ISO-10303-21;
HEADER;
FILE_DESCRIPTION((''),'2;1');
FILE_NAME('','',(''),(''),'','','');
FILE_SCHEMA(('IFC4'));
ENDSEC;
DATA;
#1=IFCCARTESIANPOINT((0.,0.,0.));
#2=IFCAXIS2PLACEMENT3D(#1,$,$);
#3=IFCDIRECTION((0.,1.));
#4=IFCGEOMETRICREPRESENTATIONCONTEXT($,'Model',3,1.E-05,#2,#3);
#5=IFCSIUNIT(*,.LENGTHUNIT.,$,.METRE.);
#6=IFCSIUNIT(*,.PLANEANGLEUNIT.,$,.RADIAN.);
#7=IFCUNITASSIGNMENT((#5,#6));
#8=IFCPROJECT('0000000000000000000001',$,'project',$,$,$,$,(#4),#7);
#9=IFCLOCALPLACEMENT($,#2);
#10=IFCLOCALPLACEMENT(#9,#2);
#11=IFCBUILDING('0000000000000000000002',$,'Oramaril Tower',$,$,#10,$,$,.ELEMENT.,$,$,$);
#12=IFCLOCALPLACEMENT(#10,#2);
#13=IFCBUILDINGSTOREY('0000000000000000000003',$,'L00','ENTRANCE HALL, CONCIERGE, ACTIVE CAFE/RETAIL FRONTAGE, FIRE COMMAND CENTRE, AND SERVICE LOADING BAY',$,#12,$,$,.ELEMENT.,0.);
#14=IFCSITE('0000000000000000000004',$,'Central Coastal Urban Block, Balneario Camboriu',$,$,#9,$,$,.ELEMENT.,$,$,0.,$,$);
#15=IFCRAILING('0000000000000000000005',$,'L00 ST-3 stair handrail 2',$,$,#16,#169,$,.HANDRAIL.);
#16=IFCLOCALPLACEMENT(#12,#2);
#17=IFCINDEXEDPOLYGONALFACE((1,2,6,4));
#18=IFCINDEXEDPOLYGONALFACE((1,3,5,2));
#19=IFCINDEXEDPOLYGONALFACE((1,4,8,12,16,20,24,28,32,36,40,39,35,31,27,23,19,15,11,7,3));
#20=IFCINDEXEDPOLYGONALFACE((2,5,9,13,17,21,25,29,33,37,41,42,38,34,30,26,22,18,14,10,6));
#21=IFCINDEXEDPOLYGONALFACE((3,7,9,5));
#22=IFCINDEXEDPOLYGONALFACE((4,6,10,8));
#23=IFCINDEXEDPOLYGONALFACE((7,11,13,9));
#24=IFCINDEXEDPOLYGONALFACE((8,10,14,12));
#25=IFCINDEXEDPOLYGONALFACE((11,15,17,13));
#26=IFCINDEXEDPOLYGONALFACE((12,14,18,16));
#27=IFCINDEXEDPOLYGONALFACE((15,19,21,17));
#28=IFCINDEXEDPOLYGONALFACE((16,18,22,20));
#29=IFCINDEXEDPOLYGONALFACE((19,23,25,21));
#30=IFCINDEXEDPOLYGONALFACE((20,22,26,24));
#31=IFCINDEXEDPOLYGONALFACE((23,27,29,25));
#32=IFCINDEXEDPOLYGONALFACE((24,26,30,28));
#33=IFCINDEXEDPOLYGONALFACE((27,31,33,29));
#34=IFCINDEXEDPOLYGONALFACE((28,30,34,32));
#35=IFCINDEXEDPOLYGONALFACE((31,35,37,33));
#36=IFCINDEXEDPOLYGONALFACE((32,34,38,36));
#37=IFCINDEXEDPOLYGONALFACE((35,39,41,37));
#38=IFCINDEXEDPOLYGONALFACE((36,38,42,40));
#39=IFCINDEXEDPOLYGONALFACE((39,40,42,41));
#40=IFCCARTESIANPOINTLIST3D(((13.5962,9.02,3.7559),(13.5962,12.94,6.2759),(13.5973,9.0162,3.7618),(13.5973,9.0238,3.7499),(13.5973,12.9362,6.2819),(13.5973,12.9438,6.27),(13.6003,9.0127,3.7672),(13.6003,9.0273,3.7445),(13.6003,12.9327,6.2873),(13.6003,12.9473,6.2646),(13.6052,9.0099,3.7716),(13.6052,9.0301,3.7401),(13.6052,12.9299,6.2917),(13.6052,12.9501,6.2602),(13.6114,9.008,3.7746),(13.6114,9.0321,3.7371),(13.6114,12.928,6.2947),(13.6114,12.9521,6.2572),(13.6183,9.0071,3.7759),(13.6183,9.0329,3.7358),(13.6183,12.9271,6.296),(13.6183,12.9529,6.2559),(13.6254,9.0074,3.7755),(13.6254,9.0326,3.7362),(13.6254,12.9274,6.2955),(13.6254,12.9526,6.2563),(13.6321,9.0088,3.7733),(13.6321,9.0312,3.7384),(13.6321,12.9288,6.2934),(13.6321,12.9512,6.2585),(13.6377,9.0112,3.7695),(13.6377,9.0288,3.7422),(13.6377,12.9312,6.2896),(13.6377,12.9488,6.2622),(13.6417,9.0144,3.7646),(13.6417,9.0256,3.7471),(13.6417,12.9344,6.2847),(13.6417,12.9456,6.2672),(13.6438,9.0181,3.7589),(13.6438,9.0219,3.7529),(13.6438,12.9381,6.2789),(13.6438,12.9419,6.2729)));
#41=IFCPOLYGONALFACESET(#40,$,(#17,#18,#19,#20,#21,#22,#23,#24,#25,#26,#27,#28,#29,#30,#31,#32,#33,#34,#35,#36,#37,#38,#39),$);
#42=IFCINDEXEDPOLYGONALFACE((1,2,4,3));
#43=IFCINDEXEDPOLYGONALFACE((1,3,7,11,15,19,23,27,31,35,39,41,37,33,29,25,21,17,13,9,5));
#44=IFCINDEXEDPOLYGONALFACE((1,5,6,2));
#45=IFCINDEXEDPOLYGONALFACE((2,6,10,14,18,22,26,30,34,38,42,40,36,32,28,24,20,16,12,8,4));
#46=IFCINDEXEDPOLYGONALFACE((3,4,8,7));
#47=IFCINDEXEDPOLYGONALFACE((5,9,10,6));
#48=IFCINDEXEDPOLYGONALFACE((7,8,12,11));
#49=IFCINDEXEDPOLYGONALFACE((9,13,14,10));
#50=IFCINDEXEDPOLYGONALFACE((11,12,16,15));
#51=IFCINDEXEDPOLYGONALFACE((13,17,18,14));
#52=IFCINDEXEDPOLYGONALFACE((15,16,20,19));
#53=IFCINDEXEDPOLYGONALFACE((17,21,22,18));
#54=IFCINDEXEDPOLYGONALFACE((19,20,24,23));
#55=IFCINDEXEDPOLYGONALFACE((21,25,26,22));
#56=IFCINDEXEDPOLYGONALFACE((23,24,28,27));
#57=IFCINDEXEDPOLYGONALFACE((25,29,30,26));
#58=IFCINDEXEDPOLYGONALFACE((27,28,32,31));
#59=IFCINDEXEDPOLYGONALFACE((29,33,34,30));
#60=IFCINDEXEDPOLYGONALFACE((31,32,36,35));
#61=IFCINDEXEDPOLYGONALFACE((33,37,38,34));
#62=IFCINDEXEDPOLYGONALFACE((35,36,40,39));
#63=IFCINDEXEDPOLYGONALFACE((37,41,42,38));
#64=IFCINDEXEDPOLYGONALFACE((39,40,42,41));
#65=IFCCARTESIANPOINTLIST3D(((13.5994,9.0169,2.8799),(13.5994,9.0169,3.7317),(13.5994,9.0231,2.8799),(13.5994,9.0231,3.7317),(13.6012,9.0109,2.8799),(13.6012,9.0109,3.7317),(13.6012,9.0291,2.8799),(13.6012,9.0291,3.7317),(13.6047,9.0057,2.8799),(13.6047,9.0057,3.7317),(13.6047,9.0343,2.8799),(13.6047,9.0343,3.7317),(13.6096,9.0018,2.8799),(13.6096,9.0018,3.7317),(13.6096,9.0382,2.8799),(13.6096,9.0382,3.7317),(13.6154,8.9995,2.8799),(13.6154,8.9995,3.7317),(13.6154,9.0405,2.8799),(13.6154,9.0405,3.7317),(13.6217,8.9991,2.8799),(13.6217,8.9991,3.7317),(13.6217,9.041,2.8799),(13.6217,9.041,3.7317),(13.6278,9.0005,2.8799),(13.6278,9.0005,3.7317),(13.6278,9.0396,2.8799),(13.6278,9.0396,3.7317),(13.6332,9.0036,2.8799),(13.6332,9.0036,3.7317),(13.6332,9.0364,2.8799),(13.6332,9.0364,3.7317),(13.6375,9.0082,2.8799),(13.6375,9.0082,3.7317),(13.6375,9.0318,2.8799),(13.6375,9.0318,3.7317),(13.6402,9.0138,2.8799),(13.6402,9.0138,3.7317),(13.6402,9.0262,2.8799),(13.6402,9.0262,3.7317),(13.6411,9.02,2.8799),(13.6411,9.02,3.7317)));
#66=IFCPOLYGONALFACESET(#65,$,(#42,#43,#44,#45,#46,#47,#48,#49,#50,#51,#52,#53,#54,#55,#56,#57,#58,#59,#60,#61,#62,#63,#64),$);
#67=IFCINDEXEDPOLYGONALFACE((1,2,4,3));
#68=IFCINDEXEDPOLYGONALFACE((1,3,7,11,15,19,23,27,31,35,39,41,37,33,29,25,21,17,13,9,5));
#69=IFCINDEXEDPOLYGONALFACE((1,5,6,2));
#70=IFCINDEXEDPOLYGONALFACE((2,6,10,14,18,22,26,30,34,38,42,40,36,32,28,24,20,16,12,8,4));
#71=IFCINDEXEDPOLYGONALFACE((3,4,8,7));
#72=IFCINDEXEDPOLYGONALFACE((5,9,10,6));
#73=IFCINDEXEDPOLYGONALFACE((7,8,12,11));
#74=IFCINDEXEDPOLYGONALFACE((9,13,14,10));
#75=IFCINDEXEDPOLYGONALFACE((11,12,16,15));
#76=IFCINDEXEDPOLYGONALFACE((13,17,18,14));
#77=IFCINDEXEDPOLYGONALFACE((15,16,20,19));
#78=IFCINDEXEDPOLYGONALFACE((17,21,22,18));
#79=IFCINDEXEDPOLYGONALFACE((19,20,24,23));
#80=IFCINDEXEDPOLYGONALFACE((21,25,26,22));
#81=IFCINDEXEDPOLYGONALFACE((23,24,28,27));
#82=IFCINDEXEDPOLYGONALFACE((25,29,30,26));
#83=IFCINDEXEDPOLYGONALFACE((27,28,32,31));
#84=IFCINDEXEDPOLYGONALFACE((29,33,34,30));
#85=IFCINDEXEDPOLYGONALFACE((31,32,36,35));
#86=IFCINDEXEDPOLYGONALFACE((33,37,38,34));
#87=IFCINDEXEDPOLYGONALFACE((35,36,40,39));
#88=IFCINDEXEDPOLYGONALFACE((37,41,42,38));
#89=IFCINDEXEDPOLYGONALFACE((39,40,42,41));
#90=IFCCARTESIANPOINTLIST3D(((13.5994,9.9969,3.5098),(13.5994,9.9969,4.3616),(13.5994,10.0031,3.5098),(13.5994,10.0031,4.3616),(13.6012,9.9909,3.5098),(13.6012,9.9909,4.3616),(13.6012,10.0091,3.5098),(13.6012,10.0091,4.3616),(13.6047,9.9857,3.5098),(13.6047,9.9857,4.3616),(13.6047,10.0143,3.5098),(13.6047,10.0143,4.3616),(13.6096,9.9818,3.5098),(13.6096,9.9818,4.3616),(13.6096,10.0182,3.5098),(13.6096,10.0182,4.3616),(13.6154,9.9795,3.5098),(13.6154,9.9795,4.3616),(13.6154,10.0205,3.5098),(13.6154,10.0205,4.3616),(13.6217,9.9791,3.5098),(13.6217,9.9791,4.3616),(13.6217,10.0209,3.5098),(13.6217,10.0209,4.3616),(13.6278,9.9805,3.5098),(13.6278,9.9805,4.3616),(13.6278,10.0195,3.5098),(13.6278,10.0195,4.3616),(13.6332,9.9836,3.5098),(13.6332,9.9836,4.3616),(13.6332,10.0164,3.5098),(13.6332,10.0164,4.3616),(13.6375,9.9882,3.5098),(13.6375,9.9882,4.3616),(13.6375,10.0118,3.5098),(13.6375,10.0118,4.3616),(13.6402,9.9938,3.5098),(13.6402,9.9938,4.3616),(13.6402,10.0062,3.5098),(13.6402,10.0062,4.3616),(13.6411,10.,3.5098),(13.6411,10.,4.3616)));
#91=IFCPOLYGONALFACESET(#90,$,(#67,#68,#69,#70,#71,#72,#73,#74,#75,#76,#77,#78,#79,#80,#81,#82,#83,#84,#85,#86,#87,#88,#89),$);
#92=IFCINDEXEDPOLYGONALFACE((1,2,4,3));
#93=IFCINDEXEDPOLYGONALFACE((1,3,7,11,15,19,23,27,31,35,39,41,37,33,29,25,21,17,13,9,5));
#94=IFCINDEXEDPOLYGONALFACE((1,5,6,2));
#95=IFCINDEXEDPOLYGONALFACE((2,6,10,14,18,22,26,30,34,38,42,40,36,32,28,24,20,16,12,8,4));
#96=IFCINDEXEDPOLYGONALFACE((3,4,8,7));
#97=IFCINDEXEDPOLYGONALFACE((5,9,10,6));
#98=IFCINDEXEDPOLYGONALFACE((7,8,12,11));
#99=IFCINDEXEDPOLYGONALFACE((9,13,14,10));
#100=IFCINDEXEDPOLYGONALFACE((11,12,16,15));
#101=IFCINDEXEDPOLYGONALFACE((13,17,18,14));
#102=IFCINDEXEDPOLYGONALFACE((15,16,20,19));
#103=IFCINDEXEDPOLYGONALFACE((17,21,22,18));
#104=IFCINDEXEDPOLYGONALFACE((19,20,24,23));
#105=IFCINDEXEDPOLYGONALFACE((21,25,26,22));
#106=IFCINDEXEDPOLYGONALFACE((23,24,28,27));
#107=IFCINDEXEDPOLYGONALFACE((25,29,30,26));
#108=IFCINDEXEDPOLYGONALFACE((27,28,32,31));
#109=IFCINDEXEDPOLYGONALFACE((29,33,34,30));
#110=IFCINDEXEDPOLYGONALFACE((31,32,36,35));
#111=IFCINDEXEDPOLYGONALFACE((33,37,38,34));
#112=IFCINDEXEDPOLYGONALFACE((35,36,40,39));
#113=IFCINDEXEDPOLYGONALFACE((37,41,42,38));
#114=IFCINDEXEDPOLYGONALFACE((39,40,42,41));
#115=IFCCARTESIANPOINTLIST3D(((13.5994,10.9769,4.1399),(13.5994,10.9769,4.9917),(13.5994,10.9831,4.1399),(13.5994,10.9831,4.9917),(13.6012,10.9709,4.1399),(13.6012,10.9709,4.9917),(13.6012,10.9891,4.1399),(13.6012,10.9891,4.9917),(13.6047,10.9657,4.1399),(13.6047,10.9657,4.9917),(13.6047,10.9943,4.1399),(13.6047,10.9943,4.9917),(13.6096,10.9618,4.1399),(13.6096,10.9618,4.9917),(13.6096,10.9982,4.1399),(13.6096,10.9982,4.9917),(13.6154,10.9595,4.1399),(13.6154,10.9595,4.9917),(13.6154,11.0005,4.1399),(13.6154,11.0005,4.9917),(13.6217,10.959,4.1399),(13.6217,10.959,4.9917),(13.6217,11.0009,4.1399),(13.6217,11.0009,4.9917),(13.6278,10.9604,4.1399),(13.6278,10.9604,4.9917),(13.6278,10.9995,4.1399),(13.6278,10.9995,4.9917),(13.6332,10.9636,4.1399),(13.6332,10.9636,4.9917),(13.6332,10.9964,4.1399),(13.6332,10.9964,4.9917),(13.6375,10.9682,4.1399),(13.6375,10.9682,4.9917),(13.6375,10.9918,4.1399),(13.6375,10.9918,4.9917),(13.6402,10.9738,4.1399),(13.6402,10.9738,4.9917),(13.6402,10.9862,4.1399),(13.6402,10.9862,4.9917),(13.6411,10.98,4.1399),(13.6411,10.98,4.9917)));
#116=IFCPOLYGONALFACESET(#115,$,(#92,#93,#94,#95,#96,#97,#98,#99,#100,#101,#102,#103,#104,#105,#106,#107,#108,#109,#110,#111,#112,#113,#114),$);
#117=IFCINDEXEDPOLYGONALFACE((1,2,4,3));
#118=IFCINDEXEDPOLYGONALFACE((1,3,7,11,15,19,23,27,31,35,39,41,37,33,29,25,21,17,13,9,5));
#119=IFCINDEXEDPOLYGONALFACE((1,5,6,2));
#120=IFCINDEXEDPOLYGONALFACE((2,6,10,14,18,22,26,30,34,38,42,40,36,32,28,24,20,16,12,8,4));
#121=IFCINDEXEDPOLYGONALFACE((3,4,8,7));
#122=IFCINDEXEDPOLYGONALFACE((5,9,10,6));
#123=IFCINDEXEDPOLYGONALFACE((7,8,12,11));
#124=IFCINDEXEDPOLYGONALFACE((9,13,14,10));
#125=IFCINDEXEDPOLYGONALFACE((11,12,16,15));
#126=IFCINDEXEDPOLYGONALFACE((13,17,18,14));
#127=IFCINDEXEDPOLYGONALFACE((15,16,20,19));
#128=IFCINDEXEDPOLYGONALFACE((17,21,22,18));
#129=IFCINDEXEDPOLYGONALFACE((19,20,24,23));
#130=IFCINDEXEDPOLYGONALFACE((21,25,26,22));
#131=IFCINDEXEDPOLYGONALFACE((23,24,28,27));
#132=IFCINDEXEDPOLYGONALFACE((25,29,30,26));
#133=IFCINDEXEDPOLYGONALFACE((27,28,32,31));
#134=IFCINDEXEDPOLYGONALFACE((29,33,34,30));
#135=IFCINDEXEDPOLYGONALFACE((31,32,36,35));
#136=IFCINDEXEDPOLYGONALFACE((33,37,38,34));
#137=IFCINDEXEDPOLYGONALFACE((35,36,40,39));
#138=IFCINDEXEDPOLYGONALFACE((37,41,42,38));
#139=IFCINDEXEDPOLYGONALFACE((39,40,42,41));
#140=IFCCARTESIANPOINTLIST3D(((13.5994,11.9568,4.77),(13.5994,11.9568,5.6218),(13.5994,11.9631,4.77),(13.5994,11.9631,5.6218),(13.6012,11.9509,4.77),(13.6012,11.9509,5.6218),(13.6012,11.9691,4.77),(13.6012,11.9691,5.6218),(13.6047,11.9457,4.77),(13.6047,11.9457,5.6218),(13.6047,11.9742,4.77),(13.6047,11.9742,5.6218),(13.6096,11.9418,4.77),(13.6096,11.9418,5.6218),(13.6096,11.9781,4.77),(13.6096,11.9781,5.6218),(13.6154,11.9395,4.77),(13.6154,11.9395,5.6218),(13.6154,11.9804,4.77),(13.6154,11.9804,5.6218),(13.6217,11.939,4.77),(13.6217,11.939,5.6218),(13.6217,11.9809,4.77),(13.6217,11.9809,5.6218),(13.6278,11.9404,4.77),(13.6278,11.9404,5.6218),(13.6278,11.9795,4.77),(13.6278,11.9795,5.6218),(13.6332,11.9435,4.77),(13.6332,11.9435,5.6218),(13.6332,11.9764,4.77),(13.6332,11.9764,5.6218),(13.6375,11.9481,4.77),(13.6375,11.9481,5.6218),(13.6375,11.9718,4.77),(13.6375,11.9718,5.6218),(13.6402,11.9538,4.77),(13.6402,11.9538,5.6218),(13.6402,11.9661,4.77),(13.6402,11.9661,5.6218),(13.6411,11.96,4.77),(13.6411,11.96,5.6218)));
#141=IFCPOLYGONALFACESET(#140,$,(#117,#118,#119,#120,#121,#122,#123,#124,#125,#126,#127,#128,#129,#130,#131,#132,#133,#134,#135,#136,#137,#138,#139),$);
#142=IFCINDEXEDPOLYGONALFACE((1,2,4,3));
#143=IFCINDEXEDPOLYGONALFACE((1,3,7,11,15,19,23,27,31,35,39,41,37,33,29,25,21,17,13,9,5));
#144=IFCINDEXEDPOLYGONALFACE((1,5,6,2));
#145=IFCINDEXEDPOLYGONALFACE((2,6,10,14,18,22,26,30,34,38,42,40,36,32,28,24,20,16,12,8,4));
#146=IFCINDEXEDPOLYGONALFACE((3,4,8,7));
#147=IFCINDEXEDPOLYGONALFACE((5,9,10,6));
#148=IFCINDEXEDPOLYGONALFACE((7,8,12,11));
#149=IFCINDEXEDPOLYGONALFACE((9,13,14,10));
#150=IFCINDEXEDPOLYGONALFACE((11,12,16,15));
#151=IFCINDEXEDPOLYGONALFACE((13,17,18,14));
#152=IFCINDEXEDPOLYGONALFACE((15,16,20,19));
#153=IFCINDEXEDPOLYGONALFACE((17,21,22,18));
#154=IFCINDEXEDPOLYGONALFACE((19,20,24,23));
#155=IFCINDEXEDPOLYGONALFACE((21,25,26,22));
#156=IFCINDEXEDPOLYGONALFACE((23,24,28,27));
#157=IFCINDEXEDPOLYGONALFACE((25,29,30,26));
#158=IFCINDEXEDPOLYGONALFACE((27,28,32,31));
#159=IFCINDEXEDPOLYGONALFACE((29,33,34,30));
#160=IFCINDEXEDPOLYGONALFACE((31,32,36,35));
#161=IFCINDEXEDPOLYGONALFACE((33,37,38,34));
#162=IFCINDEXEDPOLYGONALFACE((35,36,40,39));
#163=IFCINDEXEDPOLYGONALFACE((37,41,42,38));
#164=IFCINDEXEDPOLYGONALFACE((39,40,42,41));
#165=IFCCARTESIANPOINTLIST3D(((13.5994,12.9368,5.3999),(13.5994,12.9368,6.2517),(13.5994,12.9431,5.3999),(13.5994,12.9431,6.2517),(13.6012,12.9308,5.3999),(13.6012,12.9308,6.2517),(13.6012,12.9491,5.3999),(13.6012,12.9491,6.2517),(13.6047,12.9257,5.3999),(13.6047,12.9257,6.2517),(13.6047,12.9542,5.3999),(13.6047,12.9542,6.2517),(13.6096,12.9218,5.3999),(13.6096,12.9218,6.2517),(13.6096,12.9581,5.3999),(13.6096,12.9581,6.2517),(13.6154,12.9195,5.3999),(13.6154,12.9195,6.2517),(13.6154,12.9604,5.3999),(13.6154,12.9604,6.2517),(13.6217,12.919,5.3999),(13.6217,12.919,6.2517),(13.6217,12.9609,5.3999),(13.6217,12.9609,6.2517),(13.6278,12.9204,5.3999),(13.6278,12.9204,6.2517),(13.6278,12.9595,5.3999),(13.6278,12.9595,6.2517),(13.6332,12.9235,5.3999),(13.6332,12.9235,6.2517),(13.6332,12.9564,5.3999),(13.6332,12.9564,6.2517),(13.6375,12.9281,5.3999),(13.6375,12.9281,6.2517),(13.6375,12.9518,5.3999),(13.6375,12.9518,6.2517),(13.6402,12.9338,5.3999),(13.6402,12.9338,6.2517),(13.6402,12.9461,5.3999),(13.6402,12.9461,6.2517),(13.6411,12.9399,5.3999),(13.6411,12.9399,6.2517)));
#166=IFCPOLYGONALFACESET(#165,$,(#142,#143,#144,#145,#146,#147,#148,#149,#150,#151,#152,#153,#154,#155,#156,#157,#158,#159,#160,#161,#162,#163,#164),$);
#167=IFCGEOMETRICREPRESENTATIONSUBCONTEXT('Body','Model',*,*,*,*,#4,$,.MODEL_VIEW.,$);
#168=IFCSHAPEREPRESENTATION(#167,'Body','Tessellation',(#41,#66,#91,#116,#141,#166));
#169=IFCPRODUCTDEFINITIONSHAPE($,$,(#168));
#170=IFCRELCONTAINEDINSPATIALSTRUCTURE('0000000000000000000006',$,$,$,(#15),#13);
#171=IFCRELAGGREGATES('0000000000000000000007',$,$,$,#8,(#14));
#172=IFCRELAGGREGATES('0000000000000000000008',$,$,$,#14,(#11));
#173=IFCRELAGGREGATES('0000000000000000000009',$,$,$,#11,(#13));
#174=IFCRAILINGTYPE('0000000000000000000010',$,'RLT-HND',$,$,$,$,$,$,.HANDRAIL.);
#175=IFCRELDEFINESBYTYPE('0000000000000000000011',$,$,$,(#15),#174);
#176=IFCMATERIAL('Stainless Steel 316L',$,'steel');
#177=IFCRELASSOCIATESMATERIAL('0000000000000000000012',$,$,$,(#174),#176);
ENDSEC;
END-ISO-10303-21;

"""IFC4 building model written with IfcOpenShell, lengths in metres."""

from ifc_helpers import new_model, si_unit, direction, frame, origin, origin_2d, place, context, subcontext, project, spatial, circle, extrude, material, type_object, element, save


model = new_model("IFC4")

# Units and contexts
model_context = context("Model", 3, precision=1e-05, world=origin(), true_north=direction((0.0, 1.0)))
body_context = subcontext(model_context, "Body", "Model", "MODEL_VIEW")
ifc_project = project(units=[si_unit("LENGTHUNIT", "METRE"), si_unit("PLANEANGLEUNIT", "RADIAN")], contexts=[model_context])

# Site, building, storey
site_placement = place(None, origin())
site = spatial("IfcSite", under=ifc_project, at=site_placement, Name="Central Coastal Urban Block, Balneario Camboriu", CompositionType="ELEMENT", RefElevation=0.0)
building_placement = place(site_placement, origin())
building = spatial("IfcBuilding", under=site, at=building_placement, Name="Oramaril Tower", CompositionType="ELEMENT")
storey_placement = place(building_placement, origin())
storey = spatial("IfcBuildingStorey", under=building, at=storey_placement, Name="L00", Description="ENTRANCE HALL, CONCIERGE, ACTIVE CAFE/RETAIL FRONTAGE, FIRE COMMAND CENTRE, AND SERVICE LOADING BAY", CompositionType="ELEMENT", Elevation=0.0)

# Railing
ifc_material_1 = material(Name="Stainless Steel 316L", Category="steel")
railing_type_1 = type_object("IfcRailingType", Name="RLT-HND", PredefinedType="HANDRAIL", material=ifc_material_1)
railing_1_placement = place(storey_placement, frame((13.6201, 9.02, 2.8799)))
element("IfcRailing", 1, at=railing_1_placement, inside=storey, type_object=railing_type_1, Name="L00 ST-3 stair handrail 2", PredefinedType="HANDRAIL", context=body_context, shape_type="SweptSolid", body=[
    extrude(circle(Radius=0.0239, at=origin_2d()), frame((0.0, 0.0, 0.876), z_axis=(0.0, 0.841172, 0.540768), x_axis=(-1.0, 0.0, 0.0)), (0.0, 0.0, 1.0), 4.6602),
    extrude(circle(Radius=0.021, at=origin_2d()), origin(), (0.0, 0.0, 1.0), 0.8518),
    extrude(circle(Radius=0.021, at=origin_2d()), frame((0.0, 0.98, 0.6299)), (0.0, 0.0, 1.0), 0.8518),
    extrude(circle(Radius=0.021, at=origin_2d()), frame((0.0, 1.96, 1.26)), (0.0, 0.0, 1.0), 0.8518),
    extrude(circle(Radius=0.021, at=origin_2d()), frame((0.0, 2.9399, 1.8901)), (0.0, 0.0, 1.0), 0.8518),
    extrude(circle(Radius=0.021, at=origin_2d()), frame((0.0, 3.9199, 2.52)), (0.0, 0.0, 1.0), 0.8518),
])

save(model, "model.ifc")
